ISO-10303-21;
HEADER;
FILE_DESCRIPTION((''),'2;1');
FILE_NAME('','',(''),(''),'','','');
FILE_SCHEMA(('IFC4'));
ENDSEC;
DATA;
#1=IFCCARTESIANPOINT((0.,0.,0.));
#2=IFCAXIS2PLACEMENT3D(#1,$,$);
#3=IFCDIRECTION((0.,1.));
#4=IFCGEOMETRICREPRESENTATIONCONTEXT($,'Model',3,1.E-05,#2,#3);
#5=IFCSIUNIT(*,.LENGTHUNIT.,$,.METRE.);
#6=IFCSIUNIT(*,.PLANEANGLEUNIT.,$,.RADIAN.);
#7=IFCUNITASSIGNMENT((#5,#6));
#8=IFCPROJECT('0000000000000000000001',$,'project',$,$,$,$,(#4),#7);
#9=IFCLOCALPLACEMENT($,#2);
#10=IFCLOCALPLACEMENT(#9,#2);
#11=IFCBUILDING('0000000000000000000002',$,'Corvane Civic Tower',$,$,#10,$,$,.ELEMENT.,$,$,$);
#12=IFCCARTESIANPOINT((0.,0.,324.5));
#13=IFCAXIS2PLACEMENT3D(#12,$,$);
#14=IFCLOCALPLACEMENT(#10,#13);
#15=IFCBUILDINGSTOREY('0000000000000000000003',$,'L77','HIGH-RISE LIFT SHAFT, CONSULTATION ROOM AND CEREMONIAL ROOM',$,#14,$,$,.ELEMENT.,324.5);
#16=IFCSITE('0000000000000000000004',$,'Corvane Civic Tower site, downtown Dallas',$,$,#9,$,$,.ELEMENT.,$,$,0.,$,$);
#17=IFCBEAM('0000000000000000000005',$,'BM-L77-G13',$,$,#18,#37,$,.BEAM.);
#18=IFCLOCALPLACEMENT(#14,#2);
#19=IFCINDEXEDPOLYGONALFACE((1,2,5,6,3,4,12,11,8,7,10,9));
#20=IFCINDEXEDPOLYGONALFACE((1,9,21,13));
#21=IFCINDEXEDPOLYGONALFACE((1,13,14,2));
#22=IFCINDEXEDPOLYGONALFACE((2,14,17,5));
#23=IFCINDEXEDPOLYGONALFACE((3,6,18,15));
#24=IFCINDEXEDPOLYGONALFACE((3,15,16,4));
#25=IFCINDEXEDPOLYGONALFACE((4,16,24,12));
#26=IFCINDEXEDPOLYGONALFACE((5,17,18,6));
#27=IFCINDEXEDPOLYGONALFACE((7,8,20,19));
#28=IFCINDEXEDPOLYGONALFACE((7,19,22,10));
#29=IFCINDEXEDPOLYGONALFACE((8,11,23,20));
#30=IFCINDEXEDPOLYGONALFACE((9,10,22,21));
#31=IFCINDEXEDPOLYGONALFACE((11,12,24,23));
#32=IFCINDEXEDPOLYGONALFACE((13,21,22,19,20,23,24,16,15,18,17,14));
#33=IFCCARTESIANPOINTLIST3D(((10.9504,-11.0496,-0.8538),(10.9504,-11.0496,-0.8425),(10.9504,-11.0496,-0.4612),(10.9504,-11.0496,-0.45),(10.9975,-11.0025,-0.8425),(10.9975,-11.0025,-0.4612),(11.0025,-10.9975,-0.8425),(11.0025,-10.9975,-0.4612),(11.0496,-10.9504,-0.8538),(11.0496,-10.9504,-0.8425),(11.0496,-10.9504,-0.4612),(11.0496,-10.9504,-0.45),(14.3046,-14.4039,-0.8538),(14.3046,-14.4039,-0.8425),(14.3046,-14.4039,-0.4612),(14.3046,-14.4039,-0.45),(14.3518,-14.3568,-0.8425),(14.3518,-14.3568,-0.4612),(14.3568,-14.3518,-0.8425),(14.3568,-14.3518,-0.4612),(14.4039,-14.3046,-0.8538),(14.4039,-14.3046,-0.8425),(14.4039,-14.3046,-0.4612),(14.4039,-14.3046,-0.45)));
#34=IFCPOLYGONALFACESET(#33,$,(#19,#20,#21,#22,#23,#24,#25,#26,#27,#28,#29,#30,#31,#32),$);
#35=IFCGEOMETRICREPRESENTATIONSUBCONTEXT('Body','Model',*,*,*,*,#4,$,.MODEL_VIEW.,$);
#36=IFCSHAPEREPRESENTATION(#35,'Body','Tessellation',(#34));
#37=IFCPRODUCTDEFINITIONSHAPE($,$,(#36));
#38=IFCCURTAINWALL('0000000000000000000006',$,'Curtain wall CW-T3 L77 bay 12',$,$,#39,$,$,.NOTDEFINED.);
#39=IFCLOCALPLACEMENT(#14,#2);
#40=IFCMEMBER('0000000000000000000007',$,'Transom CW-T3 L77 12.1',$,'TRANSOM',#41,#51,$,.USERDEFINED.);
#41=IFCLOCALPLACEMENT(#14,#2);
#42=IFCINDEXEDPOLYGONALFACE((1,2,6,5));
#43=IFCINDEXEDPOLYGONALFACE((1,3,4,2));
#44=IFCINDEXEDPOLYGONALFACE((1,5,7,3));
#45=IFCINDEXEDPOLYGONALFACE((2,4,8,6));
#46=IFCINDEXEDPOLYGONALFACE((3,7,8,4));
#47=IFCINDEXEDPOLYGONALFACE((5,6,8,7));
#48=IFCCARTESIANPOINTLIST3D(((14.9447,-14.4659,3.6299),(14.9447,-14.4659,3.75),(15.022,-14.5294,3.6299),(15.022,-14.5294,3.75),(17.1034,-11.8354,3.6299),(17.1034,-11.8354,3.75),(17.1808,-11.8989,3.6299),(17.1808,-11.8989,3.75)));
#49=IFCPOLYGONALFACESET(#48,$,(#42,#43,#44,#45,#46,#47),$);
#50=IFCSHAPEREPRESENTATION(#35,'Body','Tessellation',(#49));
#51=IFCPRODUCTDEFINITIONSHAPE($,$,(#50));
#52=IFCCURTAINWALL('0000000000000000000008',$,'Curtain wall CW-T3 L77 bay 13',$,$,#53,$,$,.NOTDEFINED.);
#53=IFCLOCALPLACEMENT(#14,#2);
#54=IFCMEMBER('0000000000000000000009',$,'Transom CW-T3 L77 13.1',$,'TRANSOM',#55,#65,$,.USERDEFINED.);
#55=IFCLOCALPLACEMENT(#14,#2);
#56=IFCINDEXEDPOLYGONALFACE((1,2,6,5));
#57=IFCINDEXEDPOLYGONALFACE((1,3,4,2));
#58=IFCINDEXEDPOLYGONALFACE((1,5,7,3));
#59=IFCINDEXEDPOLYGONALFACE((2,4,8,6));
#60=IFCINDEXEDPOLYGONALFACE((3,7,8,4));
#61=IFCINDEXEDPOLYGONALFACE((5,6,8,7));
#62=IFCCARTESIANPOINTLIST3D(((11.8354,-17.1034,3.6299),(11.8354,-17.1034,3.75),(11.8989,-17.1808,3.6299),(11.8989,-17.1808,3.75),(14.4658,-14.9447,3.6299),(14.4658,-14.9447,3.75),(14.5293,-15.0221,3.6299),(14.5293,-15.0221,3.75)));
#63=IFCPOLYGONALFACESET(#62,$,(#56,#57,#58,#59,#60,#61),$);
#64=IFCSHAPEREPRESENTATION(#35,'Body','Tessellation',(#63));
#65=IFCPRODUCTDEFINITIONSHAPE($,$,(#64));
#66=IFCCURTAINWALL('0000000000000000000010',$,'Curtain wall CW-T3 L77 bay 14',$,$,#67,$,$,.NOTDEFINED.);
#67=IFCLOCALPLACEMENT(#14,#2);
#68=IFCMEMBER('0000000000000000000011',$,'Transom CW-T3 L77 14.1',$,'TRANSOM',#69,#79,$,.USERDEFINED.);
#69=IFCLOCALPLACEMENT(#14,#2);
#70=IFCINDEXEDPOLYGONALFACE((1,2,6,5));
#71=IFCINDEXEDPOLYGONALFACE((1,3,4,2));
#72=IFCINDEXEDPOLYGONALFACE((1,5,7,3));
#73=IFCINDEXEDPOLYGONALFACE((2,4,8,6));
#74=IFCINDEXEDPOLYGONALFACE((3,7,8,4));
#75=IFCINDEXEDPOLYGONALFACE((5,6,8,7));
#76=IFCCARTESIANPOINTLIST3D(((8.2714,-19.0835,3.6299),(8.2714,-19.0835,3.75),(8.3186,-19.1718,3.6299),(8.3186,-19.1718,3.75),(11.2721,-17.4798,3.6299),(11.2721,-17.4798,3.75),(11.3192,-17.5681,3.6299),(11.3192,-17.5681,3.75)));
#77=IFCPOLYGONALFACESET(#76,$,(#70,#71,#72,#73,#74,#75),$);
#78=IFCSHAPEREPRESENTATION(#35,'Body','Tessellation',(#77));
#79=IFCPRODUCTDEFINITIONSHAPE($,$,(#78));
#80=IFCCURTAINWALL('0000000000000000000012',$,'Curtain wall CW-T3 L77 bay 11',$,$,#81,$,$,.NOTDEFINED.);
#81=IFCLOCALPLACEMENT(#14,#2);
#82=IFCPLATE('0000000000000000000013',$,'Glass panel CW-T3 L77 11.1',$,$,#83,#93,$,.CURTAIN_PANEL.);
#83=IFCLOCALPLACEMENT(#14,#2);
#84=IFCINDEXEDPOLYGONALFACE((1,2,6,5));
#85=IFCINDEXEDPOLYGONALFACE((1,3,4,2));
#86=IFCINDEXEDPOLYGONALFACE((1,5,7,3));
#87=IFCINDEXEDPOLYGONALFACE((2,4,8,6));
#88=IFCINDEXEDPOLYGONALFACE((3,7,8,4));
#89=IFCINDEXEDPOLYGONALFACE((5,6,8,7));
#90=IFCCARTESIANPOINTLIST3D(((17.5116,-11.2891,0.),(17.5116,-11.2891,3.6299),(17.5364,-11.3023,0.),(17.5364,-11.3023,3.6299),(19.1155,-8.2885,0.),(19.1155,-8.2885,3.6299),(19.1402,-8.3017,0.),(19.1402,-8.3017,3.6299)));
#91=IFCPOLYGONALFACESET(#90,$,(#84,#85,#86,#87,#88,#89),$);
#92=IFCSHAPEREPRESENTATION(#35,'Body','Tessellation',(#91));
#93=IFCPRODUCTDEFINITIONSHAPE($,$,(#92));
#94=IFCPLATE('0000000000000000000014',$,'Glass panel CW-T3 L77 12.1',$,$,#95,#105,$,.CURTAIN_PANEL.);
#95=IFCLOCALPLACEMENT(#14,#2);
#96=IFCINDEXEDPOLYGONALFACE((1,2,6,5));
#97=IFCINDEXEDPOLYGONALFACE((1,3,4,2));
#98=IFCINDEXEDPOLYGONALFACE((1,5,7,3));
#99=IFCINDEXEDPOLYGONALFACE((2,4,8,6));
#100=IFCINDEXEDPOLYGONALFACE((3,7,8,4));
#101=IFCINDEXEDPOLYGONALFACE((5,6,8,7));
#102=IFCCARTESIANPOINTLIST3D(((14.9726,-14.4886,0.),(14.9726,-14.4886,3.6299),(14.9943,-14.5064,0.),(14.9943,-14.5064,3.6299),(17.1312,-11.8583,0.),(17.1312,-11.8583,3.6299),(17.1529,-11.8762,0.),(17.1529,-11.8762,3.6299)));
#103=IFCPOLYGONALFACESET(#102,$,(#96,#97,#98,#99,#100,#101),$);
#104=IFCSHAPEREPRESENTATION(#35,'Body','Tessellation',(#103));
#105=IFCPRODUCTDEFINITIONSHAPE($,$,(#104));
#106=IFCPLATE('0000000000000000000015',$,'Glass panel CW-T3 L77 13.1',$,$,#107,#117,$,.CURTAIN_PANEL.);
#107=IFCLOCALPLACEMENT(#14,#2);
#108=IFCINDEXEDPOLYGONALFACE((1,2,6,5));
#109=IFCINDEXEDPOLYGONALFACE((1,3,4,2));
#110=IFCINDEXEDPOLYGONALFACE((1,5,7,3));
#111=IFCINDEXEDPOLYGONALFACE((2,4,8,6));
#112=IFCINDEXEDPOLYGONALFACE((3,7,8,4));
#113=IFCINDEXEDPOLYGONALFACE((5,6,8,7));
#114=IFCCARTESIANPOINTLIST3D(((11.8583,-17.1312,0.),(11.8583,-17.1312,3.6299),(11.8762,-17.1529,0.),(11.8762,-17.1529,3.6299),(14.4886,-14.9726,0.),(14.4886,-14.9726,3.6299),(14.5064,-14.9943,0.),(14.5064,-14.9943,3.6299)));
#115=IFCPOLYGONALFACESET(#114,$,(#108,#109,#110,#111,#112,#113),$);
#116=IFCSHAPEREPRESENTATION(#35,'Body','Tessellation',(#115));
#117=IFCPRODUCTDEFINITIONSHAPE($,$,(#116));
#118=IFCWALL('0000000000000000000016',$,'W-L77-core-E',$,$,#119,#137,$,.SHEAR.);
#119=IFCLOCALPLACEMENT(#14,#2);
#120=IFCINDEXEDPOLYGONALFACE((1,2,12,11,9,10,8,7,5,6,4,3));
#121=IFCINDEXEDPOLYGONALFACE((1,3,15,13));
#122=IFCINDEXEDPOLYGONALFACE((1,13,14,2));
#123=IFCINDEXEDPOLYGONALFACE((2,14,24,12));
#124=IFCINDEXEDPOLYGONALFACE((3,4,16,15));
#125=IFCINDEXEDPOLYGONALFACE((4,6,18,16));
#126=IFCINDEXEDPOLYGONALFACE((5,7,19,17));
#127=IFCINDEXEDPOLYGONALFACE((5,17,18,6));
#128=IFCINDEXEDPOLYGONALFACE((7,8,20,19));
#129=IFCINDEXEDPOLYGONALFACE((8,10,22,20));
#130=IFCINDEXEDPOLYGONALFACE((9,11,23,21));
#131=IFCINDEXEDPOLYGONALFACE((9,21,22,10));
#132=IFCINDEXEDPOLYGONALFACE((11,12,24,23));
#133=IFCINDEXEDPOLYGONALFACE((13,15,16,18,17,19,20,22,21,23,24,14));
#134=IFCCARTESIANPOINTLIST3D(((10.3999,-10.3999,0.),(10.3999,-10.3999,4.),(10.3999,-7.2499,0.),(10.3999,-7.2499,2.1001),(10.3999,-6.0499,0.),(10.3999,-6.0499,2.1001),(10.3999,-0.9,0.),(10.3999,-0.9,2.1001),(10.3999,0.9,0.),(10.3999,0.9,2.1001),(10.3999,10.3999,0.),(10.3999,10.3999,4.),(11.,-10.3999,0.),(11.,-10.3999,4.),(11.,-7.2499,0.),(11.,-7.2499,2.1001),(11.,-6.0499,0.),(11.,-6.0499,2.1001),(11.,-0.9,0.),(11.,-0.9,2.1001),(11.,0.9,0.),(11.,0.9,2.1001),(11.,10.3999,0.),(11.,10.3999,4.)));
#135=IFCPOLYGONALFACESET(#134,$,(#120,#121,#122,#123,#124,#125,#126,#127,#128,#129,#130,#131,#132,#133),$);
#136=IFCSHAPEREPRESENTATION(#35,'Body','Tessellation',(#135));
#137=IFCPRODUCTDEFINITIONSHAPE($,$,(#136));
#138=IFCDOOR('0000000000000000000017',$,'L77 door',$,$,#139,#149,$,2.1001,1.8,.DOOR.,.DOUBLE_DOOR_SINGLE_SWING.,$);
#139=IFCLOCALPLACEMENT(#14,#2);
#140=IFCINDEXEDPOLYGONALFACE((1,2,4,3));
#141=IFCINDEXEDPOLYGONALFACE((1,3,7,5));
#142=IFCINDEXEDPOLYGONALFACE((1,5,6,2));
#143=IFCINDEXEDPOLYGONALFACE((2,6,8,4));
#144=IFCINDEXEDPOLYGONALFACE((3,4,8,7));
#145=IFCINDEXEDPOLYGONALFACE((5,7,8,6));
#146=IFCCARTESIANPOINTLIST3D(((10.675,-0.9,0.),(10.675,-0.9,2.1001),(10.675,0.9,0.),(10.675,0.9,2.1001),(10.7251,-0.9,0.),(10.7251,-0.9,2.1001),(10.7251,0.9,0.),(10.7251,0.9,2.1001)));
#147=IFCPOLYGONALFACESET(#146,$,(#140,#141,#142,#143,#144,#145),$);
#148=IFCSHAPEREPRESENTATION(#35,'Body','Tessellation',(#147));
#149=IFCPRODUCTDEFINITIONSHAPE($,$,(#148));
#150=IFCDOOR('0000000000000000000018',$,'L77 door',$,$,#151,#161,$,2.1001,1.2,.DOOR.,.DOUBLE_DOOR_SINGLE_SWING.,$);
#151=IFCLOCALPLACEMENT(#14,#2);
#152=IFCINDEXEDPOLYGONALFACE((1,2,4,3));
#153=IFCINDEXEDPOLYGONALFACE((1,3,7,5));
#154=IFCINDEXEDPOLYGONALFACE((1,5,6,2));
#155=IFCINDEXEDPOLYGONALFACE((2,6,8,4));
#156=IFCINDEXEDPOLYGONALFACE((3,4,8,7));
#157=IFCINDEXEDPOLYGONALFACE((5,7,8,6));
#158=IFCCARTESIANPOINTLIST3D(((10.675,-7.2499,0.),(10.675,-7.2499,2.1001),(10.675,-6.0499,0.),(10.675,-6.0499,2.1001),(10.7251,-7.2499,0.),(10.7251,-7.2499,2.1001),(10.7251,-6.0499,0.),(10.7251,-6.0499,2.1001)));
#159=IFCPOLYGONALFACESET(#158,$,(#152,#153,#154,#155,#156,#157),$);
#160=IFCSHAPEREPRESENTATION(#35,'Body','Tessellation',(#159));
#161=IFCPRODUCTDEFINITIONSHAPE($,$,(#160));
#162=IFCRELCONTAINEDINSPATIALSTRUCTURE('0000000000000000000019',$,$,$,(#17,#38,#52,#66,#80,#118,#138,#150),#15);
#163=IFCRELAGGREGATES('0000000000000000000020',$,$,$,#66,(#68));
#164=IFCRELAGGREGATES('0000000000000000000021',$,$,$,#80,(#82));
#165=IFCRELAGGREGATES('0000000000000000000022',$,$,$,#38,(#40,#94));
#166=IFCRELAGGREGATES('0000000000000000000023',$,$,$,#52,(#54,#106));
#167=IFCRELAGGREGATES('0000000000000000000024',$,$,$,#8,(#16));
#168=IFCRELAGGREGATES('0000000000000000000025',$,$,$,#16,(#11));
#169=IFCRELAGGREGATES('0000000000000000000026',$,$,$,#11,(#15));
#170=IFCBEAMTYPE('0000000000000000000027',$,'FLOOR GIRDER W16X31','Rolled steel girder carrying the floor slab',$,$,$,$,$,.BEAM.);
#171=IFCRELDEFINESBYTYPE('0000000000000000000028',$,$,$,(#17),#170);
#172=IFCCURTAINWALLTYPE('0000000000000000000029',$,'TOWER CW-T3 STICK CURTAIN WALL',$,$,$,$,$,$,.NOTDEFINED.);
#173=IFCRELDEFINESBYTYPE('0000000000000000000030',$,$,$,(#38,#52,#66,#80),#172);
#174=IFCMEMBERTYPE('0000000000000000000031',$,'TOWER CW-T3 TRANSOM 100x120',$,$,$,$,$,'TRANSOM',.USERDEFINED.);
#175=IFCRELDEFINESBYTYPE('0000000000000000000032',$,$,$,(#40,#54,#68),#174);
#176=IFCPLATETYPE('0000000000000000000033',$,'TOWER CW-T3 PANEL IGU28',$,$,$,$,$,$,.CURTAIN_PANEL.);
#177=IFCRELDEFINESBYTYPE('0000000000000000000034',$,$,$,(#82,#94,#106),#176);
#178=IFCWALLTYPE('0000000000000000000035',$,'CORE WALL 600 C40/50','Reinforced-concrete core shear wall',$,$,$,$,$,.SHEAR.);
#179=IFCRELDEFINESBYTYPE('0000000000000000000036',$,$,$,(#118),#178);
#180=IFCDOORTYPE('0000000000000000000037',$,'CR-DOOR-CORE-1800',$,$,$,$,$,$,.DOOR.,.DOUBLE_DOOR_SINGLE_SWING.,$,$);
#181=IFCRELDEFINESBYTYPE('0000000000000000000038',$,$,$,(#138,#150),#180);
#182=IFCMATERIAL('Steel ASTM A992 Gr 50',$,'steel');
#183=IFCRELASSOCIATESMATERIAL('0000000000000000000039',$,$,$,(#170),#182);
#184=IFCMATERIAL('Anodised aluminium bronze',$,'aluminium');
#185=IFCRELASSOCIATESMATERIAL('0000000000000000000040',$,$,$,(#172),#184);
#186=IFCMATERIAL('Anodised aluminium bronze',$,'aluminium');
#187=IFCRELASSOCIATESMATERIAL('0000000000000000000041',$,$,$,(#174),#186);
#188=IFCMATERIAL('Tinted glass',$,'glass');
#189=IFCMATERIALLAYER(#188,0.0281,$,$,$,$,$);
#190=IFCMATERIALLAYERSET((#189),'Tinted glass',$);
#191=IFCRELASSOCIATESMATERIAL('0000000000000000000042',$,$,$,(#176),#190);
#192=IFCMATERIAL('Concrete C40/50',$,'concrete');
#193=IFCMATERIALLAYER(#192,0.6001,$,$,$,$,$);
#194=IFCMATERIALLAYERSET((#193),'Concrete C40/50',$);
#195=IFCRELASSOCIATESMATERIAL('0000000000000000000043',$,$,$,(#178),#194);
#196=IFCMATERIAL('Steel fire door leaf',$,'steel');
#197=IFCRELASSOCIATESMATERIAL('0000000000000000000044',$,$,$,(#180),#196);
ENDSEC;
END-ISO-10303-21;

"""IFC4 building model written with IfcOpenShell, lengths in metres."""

from ifc_helpers import new_model, si_unit, direction, frame, frame_2d, origin, origin_2d, place, context, subcontext, project, spatial, rectangle, i_section, extrude, material, layer, layer_set, material_profile, profile_set, type_object, element, fill, aggregate, save


model = new_model("IFC4")

# Units and contexts
model_context = context("Model", 3, precision=1e-05, world=origin(), true_north=direction((0.0, 1.0)))
body_context = subcontext(model_context, "Body", "Model", "MODEL_VIEW")
ifc_project = project(units=[si_unit("LENGTHUNIT", "METRE"), si_unit("PLANEANGLEUNIT", "RADIAN")], contexts=[model_context])

# Site, building, storey
site_placement = place(None, origin())
site = spatial("IfcSite", under=ifc_project, at=site_placement, Name="Corvane Civic Tower site, downtown Dallas", CompositionType="ELEMENT", RefElevation=0.0)
building_placement = place(site_placement, origin())
building = spatial("IfcBuilding", under=site, at=building_placement, Name="Corvane Civic Tower", CompositionType="ELEMENT")
storey_placement = place(building_placement, frame((0.0, 0.0, 324.5)))
storey = spatial("IfcBuildingStorey", under=building, at=storey_placement, Name="L77", Description="HIGH-RISE LIFT SHAFT, CONSULTATION ROOM AND CEREMONIAL ROOM", CompositionType="ELEMENT", Elevation=324.5)

# Beam
ifc_material_1 = material(Name="Steel ASTM A992 Gr 50", Category="steel")
ifc_material_profile_1 = material_profile(ifc_material_1, i_section(OverallWidth=0.1404, OverallDepth=0.4038, WebThickness=0.0071, FlangeThickness=0.0112, at=origin_2d()), Name="W16X31")
ifc_profile_set_1 = profile_set([ifc_material_profile_1], Name="Steel ASTM A992 Gr 50")
beam_type_1 = type_object("IfcBeamType", Name="FLOOR GIRDER W16X31", Description="Rolled steel girder carrying the floor slab", PredefinedType="BEAM", material=ifc_profile_set_1)
beam_placement = place(storey_placement, frame((11.0, -11.0, -0.6519), z_axis=(0.707107, -0.707107, 0.0), x_axis=(0.707107, 0.707107, 0.0)))
element("IfcBeam", 1, at=beam_placement, inside=storey, type_object=beam_type_1, Name="BM-L77-G13", PredefinedType="BEAM", context=body_context, shape_type="SweptSolid", body=[
    extrude(i_section(OverallWidth=0.1404, OverallDepth=0.4038, WebThickness=0.0071, FlangeThickness=0.0112, at=origin_2d()), origin(), (0.0, 0.0, 1.0), 4.7437),
])

# Curtain walls, members
ifc_material_2 = material(Name="Anodised aluminium bronze", Category="aluminium")
curtain_wall_type = type_object("IfcCurtainWallType", Name="TOWER CW-T3 STICK CURTAIN WALL", PredefinedType="NOTDEFINED", material=ifc_material_2)
curtain_wall_1_placement = place(storey_placement, origin())
curtain_wall_1 = element("IfcCurtainWall", 2, at=curtain_wall_1_placement, inside=storey, type_object=curtain_wall_type, Name="Curtain wall CW-T3 L77 bay 12", PredefinedType="NOTDEFINED")
ifc_material_3 = material(Name="Anodised aluminium bronze", Category="aluminium")
ifc_material_profile_2 = material_profile(ifc_material_3, rectangle(XDim=0.1001, YDim=0.1201, at=origin_2d()), Name="TOWER CW-T3 TRANSOM 100x120")
ifc_profile_set_2 = profile_set([ifc_material_profile_2], Name="Anodised aluminium bronze")
member_type = type_object("IfcMemberType", Name="TOWER CW-T3 TRANSOM 100x120", ElementType="TRANSOM", PredefinedType="USERDEFINED", material=ifc_profile_set_2)
member_1_placement = place(storey_placement, frame((17.1421, -11.8672, 3.6899), z_axis=(-0.634394, -0.77301, 0.0), x_axis=(0.77301, -0.634394, 0.0)))
member_1 = element("IfcMember", 3, at=member_1_placement, type_object=member_type, Name="Transom CW-T3 L77 12.1", ObjectType="TRANSOM", PredefinedType="USERDEFINED", context=body_context, shape_type="SweptSolid", body=[
    extrude(rectangle(XDim=0.1001, YDim=0.1201, at=origin_2d()), origin(), (0.0, 0.0, 1.0), 3.4028),
])
curtain_wall_2_placement = place(storey_placement, origin())
curtain_wall_2 = element("IfcCurtainWall", 4, at=curtain_wall_2_placement, inside=storey, type_object=curtain_wall_type, Name="Curtain wall CW-T3 L77 bay 13", PredefinedType="NOTDEFINED")
member_2_placement = place(storey_placement, frame((14.4976, -14.9834, 3.6899), z_axis=(-0.77301, -0.634394, 0.0), x_axis=(0.634394, -0.77301, 0.0)))
member_2 = element("IfcMember", 5, at=member_2_placement, type_object=member_type, Name="Transom CW-T3 L77 13.1", ObjectType="TRANSOM", PredefinedType="USERDEFINED", context=body_context, shape_type="SweptSolid", body=[
    extrude(rectangle(XDim=0.1001, YDim=0.1201, at=origin_2d()), origin(), (0.0, 0.0, 1.0), 3.4028),
])
curtain_wall_3_placement = place(storey_placement, origin())
curtain_wall_3 = element("IfcCurtainWall", 6, at=curtain_wall_3_placement, inside=storey, type_object=curtain_wall_type, Name="Curtain wall CW-T3 L77 bay 14", PredefinedType="NOTDEFINED")
member_3_placement = place(storey_placement, frame((11.2957, -17.5239, 3.6899), z_axis=(-0.881941, -0.471359, 0.0), x_axis=(0.471359, -0.881941, 0.0)))
member_3 = element("IfcMember", 7, at=member_3_placement, type_object=member_type, Name="Transom CW-T3 L77 14.1", ObjectType="TRANSOM", PredefinedType="USERDEFINED", context=body_context, shape_type="SweptSolid", body=[
    extrude(rectangle(XDim=0.1001, YDim=0.1201, at=origin_2d()), origin(), (0.0, 0.0, 1.0), 3.4023),
])
aggregate(curtain_wall_3, [member_3])

# Curtain wall, plate
curtain_wall_4_placement = place(storey_placement, origin())
curtain_wall_4 = element("IfcCurtainWall", 8, at=curtain_wall_4_placement, inside=storey, type_object=curtain_wall_type, Name="Curtain wall CW-T3 L77 bay 11", PredefinedType="NOTDEFINED")
ifc_material_4 = material(Name="Tinted glass", Category="glass")
ifc_layer_1 = layer(ifc_material_4, 0.0281)
ifc_layer_set_1 = layer_set([ifc_layer_1], Name="Tinted glass")
plate_type = type_object("IfcPlateType", Name="TOWER CW-T3 PANEL IGU28", PredefinedType="CURTAIN_PANEL", material=ifc_layer_set_1)
plate_1_placement = place(storey_placement, frame((18.3259, -9.7954, 0.0), z_axis=(0.0, 0.0, 1.0), x_axis=(-0.471384, -0.881928, 0.0)))
plate_1 = element("IfcPlate", 9, at=plate_1_placement, type_object=plate_type, Name="Glass panel CW-T3 L77 11.1", PredefinedType="CURTAIN_PANEL", context=body_context, shape_type="SweptSolid", body=[
    extrude(rectangle(XDim=3.4023, YDim=0.0281, at=origin_2d()), origin(), (0.0, 0.0, 1.0), 3.6299),
])
aggregate(curtain_wall_4, [plate_1])

# Plates
plate_2_placement = place(storey_placement, frame((16.0627, -13.1824, 0.0), z_axis=(0.0, 0.0, 1.0), x_axis=(-0.634393, -0.77301, 0.0)))
plate_2 = element("IfcPlate", 10, at=plate_2_placement, type_object=plate_type, Name="Glass panel CW-T3 L77 12.1", PredefinedType="CURTAIN_PANEL", context=body_context, shape_type="SweptSolid", body=[
    extrude(rectangle(XDim=3.4026, YDim=0.0281, at=origin_2d()), origin(), (0.0, 0.0, 1.0), 3.6299),
])
aggregate(curtain_wall_1, [member_1, plate_2])
plate_3_placement = place(storey_placement, frame((13.1824, -16.0627, 0.0), z_axis=(0.0, 0.0, 1.0), x_axis=(-0.77301, -0.634393, 0.0)))
plate_3 = element("IfcPlate", 11, at=plate_3_placement, type_object=plate_type, Name="Glass panel CW-T3 L77 13.1", PredefinedType="CURTAIN_PANEL", context=body_context, shape_type="SweptSolid", body=[
    extrude(rectangle(XDim=3.4026, YDim=0.0281, at=origin_2d()), origin(), (0.0, 0.0, 1.0), 3.6299),
])
aggregate(curtain_wall_2, [member_2, plate_3])

# Wall, openings, doors
ifc_material_5 = material(Name="Concrete C40/50", Category="concrete")
ifc_layer_2 = layer(ifc_material_5, 0.6001)
ifc_layer_set_2 = layer_set([ifc_layer_2], Name="Concrete C40/50")
wall_type_1 = type_object("IfcWallType", Name="CORE WALL 600 C40/50", Description="Reinforced-concrete core shear wall", PredefinedType="SHEAR", material=ifc_layer_set_2)
wall_1_placement = place(storey_placement, frame((10.7, -10.3999, 0.0), z_axis=(0.0, 0.0, 1.0), x_axis=(0.0, 1.0, 0.0)))
wall_1 = element("IfcWall", 12, at=wall_1_placement, inside=storey, type_object=wall_type_1, Name="W-L77-core-E", PredefinedType="SHEAR", context=body_context, shape_type="SweptSolid", body=[
    extrude(rectangle(XDim=20.7998, YDim=0.6001, at=frame_2d((10.3999, 0.0))), origin(), (0.0, 0.0, 1.0), 4.0),
])
opening_1_placement = place(wall_1_placement, frame((9.5, 0.0, 0.0)))
opening_1 = element("IfcOpeningElement", 13, at=opening_1_placement, cuts=wall_1, PredefinedType="OPENING", context=body_context, shape_type="SweptSolid", body=[
    extrude(rectangle(XDim=1.8, YDim=2.1001, at=frame_2d((0.8999, 1.05))), frame((0.0, 0.3101, 0.0), z_axis=(0.0, -1.0, 0.0), x_axis=(1.0, 0.0, 0.0)), (0.0, 0.0, 1.0), 0.6201),
])
opening_2_placement = place(wall_1_placement, frame((3.1499, 0.0, 0.0)))
opening_2 = element("IfcOpeningElement", 14, at=opening_2_placement, cuts=wall_1, PredefinedType="OPENING", context=body_context, shape_type="SweptSolid", body=[
    extrude(rectangle(XDim=1.2, YDim=2.1001, at=frame_2d((0.6001, 1.05))), frame((0.0, 0.3101, 0.0), z_axis=(0.0, -1.0, 0.0), x_axis=(1.0, 0.0, 0.0)), (0.0, 0.0, 1.0), 0.6201),
])
ifc_material_6 = material(Name="Steel fire door leaf", Category="steel")
door_type_1 = type_object("IfcDoorType", Name="CR-DOOR-CORE-1800", OperationType="DOUBLE_DOOR_SINGLE_SWING", PredefinedType="DOOR", material=ifc_material_6)
door_1_placement = place(opening_1_placement, origin())
door_1 = element("IfcDoor", 15, at=door_1_placement, inside=storey, type_object=door_type_1, Name="L77 door", OperationType="DOUBLE_DOOR_SINGLE_SWING", OverallHeight=2.1001, OverallWidth=1.8, PredefinedType="DOOR", context=body_context, shape_type="SweptSolid", body=[
    extrude(rectangle(XDim=1.8, YDim=2.1001, at=frame_2d((0.8999, 1.05))), frame((0.0, 0.0249, 0.0), z_axis=(0.0, -1.0, 0.0), x_axis=(1.0, 0.0, 0.0)), (0.0, 0.0, 1.0), 0.05),
])
fill(opening_1, door_1)
door_2_placement = place(opening_2_placement, origin())
door_2 = element("IfcDoor", 16, at=door_2_placement, inside=storey, type_object=door_type_1, Name="L77 door", OperationType="DOUBLE_DOOR_SINGLE_SWING", OverallHeight=2.1001, OverallWidth=1.2, PredefinedType="DOOR", context=body_context, shape_type="SweptSolid", body=[
    extrude(rectangle(XDim=1.2, YDim=2.1001, at=frame_2d((0.6001, 1.05))), frame((0.0, 0.0249, 0.0), z_axis=(0.0, -1.0, 0.0), x_axis=(1.0, 0.0, 0.0)), (0.0, 0.0, 1.0), 0.05),
])
fill(opening_2, door_2)

save(model, "model.ifc")
